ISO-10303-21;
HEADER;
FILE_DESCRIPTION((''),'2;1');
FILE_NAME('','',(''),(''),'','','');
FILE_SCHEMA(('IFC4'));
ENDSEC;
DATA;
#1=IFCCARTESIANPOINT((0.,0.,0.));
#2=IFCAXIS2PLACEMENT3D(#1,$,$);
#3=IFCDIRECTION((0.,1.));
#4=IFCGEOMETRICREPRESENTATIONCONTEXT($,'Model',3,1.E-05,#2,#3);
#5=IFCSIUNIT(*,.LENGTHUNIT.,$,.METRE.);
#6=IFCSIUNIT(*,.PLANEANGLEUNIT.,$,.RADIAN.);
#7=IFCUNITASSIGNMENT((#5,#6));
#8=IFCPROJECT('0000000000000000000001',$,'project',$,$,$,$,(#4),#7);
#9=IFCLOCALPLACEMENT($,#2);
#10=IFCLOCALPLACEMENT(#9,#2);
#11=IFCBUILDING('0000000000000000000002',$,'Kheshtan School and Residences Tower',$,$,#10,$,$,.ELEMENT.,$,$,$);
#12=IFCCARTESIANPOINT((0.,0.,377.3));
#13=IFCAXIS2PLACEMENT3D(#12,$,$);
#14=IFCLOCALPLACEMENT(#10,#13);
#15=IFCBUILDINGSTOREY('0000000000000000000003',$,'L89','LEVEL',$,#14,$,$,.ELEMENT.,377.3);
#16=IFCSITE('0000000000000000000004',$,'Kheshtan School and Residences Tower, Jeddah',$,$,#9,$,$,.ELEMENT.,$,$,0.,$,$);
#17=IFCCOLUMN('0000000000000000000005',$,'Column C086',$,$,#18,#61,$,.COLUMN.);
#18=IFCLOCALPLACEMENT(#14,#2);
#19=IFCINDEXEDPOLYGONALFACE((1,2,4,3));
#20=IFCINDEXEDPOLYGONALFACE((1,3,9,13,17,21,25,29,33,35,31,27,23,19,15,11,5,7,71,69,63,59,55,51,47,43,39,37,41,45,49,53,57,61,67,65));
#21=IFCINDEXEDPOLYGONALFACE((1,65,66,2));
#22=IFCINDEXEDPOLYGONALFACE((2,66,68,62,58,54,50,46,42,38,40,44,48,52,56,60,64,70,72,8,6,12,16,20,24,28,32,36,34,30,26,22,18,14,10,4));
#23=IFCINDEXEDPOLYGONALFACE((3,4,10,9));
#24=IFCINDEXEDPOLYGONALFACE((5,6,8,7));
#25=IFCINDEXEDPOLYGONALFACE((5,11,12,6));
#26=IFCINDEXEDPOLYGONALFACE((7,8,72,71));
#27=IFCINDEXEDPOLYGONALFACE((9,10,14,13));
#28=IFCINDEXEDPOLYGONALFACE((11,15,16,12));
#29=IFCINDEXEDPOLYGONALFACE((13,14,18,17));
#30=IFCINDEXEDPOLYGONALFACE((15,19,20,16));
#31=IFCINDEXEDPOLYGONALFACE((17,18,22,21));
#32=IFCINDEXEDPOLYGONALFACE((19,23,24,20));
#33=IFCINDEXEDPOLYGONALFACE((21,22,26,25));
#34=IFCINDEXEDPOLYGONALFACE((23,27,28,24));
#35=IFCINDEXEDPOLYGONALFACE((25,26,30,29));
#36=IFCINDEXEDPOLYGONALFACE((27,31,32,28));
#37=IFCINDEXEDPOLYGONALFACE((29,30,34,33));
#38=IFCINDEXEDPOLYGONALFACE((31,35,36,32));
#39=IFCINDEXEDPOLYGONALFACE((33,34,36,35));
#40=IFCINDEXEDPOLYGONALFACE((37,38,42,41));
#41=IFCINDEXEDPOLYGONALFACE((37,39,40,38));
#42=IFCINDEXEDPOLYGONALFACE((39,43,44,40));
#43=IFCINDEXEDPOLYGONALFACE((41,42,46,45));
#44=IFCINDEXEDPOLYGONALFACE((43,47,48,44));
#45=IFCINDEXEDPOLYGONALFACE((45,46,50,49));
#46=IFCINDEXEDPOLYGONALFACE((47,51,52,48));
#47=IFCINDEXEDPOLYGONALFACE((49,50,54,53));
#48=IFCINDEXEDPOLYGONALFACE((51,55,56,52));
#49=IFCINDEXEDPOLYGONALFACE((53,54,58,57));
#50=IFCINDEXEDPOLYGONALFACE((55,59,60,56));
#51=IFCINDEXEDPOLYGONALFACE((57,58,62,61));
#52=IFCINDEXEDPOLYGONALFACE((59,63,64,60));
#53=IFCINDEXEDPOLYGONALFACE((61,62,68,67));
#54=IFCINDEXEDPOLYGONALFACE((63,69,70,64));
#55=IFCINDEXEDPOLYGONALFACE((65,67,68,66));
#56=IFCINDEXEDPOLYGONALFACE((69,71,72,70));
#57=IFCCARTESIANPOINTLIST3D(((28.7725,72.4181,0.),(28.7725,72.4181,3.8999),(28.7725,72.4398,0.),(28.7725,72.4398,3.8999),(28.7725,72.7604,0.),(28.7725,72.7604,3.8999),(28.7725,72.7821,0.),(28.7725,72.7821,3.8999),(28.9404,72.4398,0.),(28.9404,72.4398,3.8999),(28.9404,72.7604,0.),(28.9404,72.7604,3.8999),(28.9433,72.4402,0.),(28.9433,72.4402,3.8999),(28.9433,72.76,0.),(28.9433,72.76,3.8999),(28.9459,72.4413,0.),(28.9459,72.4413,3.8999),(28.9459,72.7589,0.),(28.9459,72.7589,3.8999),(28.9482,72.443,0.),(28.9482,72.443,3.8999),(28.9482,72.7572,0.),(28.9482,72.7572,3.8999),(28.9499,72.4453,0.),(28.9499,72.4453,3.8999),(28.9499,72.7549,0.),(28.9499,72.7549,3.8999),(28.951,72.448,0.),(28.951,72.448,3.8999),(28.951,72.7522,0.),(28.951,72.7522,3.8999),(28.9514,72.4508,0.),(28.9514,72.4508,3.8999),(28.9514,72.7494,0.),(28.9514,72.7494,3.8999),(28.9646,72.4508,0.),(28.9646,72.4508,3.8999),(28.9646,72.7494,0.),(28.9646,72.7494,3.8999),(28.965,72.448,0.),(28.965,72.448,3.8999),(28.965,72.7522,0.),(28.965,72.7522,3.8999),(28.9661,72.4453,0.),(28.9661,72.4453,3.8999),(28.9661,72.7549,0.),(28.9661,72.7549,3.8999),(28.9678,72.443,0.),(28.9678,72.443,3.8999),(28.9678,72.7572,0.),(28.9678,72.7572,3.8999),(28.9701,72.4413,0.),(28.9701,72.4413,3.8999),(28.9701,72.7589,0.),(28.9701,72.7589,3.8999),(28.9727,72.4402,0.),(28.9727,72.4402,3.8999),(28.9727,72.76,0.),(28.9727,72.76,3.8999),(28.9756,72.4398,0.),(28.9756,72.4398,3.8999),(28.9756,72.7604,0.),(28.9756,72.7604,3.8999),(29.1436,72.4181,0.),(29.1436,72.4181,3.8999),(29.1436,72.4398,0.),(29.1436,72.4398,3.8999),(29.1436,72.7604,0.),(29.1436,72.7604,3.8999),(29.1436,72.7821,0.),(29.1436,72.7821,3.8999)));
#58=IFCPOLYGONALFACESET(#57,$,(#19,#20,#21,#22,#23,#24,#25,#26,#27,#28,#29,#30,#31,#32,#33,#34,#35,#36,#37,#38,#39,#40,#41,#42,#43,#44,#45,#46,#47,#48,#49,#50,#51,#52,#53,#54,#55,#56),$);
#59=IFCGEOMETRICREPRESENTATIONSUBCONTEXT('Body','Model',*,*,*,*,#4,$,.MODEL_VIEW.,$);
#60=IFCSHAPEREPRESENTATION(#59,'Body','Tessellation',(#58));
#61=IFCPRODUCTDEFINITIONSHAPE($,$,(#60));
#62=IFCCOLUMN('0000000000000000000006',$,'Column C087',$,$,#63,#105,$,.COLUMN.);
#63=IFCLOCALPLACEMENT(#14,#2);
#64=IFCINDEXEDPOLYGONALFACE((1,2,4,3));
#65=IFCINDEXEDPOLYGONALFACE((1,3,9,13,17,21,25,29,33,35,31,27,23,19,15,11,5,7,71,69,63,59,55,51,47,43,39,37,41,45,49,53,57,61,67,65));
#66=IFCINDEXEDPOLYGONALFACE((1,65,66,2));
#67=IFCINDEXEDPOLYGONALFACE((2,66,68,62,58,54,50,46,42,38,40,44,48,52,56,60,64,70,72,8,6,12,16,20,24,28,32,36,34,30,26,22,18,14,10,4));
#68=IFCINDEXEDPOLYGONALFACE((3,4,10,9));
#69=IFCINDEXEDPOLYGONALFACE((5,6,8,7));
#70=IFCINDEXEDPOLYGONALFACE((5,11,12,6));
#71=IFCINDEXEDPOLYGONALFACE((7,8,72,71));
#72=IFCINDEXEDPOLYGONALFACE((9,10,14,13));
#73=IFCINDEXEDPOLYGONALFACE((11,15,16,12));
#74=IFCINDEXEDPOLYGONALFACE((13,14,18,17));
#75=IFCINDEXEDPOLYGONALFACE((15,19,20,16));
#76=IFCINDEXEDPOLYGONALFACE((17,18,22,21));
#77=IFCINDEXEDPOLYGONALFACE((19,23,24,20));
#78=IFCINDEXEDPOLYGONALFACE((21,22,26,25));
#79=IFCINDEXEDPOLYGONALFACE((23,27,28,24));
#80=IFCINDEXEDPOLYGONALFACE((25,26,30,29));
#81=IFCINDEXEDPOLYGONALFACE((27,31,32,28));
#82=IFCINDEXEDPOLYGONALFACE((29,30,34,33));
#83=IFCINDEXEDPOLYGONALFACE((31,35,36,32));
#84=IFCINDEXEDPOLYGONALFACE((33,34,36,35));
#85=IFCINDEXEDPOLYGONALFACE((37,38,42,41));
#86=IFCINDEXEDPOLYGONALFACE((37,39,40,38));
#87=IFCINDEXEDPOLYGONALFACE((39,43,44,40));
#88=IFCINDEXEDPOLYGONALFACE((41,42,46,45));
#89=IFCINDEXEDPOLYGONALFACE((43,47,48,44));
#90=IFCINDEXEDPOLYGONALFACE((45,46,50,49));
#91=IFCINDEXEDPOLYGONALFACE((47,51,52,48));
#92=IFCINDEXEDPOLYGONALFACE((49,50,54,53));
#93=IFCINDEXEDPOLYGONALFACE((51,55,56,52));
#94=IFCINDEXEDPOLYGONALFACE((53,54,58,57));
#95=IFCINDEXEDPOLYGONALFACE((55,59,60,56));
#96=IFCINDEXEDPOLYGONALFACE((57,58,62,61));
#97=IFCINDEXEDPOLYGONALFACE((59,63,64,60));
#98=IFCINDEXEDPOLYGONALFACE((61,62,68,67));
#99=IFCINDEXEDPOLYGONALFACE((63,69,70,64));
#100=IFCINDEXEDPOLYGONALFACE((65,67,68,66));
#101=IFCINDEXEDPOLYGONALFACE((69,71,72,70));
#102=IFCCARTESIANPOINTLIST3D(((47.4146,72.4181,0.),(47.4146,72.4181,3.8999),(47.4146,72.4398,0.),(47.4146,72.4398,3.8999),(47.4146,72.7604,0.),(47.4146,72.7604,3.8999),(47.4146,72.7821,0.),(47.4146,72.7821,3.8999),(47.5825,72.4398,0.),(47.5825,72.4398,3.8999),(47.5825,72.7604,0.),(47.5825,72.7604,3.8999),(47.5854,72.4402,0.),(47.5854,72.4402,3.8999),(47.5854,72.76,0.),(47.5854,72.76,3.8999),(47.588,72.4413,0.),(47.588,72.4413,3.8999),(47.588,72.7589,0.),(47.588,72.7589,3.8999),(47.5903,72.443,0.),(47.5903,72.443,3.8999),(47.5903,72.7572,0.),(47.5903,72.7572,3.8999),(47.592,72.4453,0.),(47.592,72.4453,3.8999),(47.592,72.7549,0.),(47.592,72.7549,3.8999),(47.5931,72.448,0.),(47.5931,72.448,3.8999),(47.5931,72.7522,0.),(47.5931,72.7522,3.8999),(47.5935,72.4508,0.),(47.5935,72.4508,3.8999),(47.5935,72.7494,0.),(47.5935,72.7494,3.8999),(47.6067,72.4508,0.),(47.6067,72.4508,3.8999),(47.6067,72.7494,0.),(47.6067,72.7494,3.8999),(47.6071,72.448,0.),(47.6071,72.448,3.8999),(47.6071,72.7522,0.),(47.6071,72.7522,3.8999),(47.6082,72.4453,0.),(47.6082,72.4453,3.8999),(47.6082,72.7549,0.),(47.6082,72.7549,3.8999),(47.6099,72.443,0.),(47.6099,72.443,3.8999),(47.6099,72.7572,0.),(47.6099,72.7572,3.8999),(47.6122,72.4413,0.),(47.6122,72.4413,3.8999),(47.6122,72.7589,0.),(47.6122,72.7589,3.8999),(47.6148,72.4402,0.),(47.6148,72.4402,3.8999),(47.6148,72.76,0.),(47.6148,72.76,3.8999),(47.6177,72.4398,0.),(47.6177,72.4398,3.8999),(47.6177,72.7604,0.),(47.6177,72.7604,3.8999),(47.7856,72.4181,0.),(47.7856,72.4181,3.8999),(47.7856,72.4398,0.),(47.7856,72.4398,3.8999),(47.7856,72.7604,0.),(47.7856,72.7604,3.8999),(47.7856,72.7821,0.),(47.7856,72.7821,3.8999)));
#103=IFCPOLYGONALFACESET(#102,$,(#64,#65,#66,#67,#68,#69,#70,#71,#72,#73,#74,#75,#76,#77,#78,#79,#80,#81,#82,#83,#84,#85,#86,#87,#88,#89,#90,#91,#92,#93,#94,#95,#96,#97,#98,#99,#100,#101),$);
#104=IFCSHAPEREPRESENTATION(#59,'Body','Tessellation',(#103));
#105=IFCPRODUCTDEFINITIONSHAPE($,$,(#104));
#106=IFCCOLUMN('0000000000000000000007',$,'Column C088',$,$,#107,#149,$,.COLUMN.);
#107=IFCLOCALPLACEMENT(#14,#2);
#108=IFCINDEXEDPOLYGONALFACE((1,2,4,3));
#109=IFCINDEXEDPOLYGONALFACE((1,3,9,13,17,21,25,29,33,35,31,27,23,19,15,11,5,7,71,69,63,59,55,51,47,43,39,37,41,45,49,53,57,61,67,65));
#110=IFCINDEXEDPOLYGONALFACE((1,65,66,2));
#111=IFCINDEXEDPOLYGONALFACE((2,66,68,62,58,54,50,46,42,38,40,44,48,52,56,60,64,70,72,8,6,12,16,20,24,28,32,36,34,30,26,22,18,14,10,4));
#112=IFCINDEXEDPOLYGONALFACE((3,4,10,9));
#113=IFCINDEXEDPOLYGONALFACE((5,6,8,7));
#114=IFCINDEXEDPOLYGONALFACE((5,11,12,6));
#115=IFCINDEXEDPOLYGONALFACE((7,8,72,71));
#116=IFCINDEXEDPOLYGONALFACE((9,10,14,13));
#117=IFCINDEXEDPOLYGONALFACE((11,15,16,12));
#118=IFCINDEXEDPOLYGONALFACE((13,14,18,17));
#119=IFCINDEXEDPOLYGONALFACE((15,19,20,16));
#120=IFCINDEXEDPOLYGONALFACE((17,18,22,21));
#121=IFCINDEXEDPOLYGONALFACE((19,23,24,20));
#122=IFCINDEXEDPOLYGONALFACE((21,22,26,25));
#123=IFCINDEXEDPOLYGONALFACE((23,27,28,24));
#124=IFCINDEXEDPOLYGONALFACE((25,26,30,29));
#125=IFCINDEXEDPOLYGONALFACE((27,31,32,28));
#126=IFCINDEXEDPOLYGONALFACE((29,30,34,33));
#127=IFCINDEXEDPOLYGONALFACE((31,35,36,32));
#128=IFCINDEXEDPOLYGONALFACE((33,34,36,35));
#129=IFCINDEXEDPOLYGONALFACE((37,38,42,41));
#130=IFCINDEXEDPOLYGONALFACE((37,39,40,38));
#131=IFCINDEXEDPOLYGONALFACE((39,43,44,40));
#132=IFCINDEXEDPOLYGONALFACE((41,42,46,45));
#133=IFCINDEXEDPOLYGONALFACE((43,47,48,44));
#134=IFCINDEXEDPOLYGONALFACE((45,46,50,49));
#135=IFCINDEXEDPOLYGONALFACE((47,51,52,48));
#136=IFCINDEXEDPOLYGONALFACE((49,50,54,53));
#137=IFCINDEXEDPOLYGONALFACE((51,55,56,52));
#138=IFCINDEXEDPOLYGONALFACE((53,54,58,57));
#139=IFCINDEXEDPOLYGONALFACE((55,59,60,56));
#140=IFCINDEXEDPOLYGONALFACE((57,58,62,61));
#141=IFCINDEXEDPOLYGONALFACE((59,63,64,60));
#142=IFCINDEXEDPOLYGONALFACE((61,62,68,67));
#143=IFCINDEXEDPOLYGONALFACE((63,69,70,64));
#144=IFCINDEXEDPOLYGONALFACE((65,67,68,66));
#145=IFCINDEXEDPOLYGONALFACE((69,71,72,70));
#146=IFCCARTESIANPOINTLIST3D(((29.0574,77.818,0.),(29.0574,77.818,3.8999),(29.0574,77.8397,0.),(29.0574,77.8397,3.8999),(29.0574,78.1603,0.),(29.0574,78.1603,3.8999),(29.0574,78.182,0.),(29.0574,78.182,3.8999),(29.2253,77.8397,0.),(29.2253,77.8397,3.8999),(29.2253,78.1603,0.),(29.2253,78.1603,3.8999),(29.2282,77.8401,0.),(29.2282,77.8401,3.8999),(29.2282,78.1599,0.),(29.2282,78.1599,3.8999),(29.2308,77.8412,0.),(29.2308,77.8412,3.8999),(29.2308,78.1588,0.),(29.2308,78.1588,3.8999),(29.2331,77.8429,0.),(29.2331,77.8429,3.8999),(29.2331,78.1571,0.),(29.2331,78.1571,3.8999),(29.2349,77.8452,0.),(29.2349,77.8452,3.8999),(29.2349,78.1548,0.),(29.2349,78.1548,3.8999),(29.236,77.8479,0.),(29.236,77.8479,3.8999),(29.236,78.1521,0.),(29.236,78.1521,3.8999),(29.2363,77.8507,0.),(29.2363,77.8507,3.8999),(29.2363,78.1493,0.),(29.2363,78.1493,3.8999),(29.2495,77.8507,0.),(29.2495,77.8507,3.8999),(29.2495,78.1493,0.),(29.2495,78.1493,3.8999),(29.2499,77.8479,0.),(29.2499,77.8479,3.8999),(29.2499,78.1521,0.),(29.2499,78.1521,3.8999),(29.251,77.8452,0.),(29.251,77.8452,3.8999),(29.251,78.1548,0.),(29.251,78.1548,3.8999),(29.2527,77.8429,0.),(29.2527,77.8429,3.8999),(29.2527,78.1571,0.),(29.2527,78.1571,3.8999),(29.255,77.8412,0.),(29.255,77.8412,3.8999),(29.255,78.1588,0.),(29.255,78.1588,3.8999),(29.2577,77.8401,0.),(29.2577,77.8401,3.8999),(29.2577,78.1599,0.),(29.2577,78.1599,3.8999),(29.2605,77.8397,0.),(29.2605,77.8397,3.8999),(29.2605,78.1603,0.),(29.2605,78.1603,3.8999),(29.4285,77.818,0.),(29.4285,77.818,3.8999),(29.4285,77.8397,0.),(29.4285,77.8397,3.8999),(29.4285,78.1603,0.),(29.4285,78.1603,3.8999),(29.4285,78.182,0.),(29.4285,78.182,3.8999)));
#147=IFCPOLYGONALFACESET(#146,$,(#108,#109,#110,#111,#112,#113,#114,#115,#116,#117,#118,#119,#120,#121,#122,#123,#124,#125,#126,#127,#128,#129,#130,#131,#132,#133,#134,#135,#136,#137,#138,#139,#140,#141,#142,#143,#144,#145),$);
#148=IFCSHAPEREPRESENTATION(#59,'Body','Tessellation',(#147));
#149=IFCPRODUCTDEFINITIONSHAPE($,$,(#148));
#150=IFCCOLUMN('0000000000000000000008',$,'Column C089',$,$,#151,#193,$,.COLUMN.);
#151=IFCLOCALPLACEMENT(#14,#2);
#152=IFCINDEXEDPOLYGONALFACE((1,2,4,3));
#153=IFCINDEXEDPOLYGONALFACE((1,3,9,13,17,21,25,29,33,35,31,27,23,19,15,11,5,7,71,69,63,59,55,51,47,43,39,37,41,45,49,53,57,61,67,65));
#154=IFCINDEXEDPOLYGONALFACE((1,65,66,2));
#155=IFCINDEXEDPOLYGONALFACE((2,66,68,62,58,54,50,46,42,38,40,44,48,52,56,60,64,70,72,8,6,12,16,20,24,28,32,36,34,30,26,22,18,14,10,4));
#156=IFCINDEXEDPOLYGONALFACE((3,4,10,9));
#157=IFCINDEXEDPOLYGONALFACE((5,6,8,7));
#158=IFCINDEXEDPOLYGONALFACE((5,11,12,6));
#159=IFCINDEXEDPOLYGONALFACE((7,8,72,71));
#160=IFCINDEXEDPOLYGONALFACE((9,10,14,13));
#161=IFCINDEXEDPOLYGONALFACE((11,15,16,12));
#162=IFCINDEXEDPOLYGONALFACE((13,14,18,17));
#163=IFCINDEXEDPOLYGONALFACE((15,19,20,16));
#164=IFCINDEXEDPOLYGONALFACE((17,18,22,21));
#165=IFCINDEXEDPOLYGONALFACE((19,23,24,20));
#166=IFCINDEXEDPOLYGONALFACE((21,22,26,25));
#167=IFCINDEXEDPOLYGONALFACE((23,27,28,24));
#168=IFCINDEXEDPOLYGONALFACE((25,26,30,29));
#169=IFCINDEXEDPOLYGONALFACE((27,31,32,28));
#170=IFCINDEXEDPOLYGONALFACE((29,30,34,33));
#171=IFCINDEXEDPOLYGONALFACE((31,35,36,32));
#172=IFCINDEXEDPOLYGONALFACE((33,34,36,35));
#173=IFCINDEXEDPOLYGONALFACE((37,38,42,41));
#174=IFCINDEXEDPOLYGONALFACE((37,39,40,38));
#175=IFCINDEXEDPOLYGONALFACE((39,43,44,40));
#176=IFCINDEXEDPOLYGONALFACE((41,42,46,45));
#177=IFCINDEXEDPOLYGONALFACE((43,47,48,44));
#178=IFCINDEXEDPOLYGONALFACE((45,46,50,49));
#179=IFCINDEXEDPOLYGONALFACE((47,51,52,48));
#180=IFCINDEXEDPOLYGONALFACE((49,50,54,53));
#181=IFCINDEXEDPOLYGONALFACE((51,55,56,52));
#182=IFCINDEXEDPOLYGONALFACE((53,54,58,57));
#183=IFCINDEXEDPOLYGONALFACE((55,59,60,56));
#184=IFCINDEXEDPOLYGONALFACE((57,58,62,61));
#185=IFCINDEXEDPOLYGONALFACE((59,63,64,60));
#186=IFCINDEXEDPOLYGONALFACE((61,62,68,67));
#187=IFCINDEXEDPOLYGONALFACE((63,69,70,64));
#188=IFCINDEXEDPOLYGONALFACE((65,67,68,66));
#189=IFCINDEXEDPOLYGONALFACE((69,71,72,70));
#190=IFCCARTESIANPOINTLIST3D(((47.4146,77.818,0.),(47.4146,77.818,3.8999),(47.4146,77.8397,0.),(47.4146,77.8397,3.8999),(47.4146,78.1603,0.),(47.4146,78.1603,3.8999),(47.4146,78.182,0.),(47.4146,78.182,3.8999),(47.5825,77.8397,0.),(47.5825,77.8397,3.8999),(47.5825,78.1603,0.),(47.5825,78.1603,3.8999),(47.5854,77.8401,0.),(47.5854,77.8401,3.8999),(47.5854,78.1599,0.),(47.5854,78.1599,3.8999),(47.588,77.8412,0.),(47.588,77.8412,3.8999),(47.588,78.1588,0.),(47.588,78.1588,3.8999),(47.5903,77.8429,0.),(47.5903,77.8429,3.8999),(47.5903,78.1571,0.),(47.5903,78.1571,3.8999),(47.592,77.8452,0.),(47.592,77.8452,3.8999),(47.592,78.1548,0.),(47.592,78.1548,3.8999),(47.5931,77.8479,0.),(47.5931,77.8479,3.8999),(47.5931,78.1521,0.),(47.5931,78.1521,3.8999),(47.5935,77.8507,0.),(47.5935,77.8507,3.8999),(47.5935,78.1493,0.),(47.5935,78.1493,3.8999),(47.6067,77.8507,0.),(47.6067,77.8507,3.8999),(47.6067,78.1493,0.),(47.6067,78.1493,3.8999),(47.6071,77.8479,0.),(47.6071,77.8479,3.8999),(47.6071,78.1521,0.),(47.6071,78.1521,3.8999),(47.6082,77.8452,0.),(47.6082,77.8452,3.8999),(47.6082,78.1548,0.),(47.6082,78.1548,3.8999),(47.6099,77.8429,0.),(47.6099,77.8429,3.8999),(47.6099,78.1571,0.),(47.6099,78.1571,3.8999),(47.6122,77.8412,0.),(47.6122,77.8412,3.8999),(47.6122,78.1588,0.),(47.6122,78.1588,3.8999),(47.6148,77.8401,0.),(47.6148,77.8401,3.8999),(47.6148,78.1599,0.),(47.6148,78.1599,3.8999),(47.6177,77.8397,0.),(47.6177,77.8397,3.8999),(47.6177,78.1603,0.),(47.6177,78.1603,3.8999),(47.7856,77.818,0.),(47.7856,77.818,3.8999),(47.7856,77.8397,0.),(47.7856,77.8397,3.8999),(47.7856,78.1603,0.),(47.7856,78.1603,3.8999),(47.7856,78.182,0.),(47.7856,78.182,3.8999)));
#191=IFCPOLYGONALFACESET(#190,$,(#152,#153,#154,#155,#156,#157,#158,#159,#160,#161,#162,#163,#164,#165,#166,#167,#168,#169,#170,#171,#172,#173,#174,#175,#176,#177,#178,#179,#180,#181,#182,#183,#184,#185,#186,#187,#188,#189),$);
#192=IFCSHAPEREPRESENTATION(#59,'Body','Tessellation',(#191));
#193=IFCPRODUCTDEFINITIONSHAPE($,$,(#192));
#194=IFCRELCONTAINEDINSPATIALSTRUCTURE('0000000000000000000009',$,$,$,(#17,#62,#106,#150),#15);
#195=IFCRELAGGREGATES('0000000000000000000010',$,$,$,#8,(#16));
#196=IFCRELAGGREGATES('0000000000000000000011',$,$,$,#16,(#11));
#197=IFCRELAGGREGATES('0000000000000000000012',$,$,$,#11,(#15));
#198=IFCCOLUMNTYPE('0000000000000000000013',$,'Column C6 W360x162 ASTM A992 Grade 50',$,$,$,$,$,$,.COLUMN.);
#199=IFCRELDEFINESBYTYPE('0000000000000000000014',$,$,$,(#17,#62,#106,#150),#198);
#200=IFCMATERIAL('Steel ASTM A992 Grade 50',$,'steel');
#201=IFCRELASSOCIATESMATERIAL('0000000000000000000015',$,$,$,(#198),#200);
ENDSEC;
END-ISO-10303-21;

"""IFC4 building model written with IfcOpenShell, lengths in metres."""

from ifc_helpers import new_model, si_unit, direction, frame, origin, origin_2d, place, context, subcontext, project, spatial, i_section, extrude, material, material_profile, profile_set, type_object, element, save


model = new_model("IFC4")

# Units and contexts
model_context = context("Model", 3, precision=1e-05, world=origin(), true_north=direction((0.0, 1.0)))
body_context = subcontext(model_context, "Body", "Model", "MODEL_VIEW")
ifc_project = project(units=[si_unit("LENGTHUNIT", "METRE"), si_unit("PLANEANGLEUNIT", "RADIAN")], contexts=[model_context])

# Site, building, storey
site_placement = place(None, origin())
site = spatial("IfcSite", under=ifc_project, at=site_placement, Name="Kheshtan School and Residences Tower, Jeddah", CompositionType="ELEMENT", RefElevation=0.0)
building_placement = place(site_placement, origin())
building = spatial("IfcBuilding", under=site, at=building_placement, Name="Kheshtan School and Residences Tower", CompositionType="ELEMENT")
storey_placement = place(building_placement, frame((0.0, 0.0, 377.3)))
storey = spatial("IfcBuildingStorey", under=building, at=storey_placement, Name="L89", Description="LEVEL", CompositionType="ELEMENT", Elevation=377.3)

# Columns
ifc_material_1 = material(Name="Steel ASTM A992 Grade 50", Category="steel")
ifc_material_profile_1 = material_profile(ifc_material_1, i_section(OverallWidth=0.3711, OverallDepth=0.364, WebThickness=0.0132, FlangeThickness=0.0217, FilletRadius=0.011, at=origin_2d()), Name="W360x162")
ifc_profile_set_1 = profile_set([ifc_material_profile_1], Name="Steel ASTM A992 Grade 50")
column_type = type_object("IfcColumnType", Name="Column C6 W360x162 ASTM A992 Grade 50", PredefinedType="COLUMN", material=ifc_profile_set_1)
for number, where, z_axis, x_axis, name in (
    (1, (28.958, 72.6001, 0.0), (0.0, 0.0, 1.0), (1.0, 0.0, 0.0), "Column C086"),
    (2, (47.6001, 72.6001, 0.0), (0.0, 0.0, 1.0), (1.0, 0.0, 0.0), "Column C087"),
    (3, (29.2429, 78.0, 0.0), (0.0, 0.0, 1.0), (1.0, 0.0, 0.0), "Column C088"),
    (4, (47.6001, 78.0, 0.0), (0.0, 0.0, 1.0), (1.0, 0.0, 0.0), "Column C089"),
):
    element("IfcColumn", number, at=place(storey_placement, frame(where, z_axis=z_axis, x_axis=x_axis)), inside=storey, type_object=column_type, Name=name, PredefinedType="COLUMN", context=body_context, shape_type="SweptSolid", body=[
        extrude(i_section(OverallWidth=0.3711, OverallDepth=0.364, WebThickness=0.0132, FlangeThickness=0.0217, FilletRadius=0.011, at=origin_2d()), origin(), (0.0, 0.0, 1.0), 3.8999),
    ])

save(model, "model.ifc")
